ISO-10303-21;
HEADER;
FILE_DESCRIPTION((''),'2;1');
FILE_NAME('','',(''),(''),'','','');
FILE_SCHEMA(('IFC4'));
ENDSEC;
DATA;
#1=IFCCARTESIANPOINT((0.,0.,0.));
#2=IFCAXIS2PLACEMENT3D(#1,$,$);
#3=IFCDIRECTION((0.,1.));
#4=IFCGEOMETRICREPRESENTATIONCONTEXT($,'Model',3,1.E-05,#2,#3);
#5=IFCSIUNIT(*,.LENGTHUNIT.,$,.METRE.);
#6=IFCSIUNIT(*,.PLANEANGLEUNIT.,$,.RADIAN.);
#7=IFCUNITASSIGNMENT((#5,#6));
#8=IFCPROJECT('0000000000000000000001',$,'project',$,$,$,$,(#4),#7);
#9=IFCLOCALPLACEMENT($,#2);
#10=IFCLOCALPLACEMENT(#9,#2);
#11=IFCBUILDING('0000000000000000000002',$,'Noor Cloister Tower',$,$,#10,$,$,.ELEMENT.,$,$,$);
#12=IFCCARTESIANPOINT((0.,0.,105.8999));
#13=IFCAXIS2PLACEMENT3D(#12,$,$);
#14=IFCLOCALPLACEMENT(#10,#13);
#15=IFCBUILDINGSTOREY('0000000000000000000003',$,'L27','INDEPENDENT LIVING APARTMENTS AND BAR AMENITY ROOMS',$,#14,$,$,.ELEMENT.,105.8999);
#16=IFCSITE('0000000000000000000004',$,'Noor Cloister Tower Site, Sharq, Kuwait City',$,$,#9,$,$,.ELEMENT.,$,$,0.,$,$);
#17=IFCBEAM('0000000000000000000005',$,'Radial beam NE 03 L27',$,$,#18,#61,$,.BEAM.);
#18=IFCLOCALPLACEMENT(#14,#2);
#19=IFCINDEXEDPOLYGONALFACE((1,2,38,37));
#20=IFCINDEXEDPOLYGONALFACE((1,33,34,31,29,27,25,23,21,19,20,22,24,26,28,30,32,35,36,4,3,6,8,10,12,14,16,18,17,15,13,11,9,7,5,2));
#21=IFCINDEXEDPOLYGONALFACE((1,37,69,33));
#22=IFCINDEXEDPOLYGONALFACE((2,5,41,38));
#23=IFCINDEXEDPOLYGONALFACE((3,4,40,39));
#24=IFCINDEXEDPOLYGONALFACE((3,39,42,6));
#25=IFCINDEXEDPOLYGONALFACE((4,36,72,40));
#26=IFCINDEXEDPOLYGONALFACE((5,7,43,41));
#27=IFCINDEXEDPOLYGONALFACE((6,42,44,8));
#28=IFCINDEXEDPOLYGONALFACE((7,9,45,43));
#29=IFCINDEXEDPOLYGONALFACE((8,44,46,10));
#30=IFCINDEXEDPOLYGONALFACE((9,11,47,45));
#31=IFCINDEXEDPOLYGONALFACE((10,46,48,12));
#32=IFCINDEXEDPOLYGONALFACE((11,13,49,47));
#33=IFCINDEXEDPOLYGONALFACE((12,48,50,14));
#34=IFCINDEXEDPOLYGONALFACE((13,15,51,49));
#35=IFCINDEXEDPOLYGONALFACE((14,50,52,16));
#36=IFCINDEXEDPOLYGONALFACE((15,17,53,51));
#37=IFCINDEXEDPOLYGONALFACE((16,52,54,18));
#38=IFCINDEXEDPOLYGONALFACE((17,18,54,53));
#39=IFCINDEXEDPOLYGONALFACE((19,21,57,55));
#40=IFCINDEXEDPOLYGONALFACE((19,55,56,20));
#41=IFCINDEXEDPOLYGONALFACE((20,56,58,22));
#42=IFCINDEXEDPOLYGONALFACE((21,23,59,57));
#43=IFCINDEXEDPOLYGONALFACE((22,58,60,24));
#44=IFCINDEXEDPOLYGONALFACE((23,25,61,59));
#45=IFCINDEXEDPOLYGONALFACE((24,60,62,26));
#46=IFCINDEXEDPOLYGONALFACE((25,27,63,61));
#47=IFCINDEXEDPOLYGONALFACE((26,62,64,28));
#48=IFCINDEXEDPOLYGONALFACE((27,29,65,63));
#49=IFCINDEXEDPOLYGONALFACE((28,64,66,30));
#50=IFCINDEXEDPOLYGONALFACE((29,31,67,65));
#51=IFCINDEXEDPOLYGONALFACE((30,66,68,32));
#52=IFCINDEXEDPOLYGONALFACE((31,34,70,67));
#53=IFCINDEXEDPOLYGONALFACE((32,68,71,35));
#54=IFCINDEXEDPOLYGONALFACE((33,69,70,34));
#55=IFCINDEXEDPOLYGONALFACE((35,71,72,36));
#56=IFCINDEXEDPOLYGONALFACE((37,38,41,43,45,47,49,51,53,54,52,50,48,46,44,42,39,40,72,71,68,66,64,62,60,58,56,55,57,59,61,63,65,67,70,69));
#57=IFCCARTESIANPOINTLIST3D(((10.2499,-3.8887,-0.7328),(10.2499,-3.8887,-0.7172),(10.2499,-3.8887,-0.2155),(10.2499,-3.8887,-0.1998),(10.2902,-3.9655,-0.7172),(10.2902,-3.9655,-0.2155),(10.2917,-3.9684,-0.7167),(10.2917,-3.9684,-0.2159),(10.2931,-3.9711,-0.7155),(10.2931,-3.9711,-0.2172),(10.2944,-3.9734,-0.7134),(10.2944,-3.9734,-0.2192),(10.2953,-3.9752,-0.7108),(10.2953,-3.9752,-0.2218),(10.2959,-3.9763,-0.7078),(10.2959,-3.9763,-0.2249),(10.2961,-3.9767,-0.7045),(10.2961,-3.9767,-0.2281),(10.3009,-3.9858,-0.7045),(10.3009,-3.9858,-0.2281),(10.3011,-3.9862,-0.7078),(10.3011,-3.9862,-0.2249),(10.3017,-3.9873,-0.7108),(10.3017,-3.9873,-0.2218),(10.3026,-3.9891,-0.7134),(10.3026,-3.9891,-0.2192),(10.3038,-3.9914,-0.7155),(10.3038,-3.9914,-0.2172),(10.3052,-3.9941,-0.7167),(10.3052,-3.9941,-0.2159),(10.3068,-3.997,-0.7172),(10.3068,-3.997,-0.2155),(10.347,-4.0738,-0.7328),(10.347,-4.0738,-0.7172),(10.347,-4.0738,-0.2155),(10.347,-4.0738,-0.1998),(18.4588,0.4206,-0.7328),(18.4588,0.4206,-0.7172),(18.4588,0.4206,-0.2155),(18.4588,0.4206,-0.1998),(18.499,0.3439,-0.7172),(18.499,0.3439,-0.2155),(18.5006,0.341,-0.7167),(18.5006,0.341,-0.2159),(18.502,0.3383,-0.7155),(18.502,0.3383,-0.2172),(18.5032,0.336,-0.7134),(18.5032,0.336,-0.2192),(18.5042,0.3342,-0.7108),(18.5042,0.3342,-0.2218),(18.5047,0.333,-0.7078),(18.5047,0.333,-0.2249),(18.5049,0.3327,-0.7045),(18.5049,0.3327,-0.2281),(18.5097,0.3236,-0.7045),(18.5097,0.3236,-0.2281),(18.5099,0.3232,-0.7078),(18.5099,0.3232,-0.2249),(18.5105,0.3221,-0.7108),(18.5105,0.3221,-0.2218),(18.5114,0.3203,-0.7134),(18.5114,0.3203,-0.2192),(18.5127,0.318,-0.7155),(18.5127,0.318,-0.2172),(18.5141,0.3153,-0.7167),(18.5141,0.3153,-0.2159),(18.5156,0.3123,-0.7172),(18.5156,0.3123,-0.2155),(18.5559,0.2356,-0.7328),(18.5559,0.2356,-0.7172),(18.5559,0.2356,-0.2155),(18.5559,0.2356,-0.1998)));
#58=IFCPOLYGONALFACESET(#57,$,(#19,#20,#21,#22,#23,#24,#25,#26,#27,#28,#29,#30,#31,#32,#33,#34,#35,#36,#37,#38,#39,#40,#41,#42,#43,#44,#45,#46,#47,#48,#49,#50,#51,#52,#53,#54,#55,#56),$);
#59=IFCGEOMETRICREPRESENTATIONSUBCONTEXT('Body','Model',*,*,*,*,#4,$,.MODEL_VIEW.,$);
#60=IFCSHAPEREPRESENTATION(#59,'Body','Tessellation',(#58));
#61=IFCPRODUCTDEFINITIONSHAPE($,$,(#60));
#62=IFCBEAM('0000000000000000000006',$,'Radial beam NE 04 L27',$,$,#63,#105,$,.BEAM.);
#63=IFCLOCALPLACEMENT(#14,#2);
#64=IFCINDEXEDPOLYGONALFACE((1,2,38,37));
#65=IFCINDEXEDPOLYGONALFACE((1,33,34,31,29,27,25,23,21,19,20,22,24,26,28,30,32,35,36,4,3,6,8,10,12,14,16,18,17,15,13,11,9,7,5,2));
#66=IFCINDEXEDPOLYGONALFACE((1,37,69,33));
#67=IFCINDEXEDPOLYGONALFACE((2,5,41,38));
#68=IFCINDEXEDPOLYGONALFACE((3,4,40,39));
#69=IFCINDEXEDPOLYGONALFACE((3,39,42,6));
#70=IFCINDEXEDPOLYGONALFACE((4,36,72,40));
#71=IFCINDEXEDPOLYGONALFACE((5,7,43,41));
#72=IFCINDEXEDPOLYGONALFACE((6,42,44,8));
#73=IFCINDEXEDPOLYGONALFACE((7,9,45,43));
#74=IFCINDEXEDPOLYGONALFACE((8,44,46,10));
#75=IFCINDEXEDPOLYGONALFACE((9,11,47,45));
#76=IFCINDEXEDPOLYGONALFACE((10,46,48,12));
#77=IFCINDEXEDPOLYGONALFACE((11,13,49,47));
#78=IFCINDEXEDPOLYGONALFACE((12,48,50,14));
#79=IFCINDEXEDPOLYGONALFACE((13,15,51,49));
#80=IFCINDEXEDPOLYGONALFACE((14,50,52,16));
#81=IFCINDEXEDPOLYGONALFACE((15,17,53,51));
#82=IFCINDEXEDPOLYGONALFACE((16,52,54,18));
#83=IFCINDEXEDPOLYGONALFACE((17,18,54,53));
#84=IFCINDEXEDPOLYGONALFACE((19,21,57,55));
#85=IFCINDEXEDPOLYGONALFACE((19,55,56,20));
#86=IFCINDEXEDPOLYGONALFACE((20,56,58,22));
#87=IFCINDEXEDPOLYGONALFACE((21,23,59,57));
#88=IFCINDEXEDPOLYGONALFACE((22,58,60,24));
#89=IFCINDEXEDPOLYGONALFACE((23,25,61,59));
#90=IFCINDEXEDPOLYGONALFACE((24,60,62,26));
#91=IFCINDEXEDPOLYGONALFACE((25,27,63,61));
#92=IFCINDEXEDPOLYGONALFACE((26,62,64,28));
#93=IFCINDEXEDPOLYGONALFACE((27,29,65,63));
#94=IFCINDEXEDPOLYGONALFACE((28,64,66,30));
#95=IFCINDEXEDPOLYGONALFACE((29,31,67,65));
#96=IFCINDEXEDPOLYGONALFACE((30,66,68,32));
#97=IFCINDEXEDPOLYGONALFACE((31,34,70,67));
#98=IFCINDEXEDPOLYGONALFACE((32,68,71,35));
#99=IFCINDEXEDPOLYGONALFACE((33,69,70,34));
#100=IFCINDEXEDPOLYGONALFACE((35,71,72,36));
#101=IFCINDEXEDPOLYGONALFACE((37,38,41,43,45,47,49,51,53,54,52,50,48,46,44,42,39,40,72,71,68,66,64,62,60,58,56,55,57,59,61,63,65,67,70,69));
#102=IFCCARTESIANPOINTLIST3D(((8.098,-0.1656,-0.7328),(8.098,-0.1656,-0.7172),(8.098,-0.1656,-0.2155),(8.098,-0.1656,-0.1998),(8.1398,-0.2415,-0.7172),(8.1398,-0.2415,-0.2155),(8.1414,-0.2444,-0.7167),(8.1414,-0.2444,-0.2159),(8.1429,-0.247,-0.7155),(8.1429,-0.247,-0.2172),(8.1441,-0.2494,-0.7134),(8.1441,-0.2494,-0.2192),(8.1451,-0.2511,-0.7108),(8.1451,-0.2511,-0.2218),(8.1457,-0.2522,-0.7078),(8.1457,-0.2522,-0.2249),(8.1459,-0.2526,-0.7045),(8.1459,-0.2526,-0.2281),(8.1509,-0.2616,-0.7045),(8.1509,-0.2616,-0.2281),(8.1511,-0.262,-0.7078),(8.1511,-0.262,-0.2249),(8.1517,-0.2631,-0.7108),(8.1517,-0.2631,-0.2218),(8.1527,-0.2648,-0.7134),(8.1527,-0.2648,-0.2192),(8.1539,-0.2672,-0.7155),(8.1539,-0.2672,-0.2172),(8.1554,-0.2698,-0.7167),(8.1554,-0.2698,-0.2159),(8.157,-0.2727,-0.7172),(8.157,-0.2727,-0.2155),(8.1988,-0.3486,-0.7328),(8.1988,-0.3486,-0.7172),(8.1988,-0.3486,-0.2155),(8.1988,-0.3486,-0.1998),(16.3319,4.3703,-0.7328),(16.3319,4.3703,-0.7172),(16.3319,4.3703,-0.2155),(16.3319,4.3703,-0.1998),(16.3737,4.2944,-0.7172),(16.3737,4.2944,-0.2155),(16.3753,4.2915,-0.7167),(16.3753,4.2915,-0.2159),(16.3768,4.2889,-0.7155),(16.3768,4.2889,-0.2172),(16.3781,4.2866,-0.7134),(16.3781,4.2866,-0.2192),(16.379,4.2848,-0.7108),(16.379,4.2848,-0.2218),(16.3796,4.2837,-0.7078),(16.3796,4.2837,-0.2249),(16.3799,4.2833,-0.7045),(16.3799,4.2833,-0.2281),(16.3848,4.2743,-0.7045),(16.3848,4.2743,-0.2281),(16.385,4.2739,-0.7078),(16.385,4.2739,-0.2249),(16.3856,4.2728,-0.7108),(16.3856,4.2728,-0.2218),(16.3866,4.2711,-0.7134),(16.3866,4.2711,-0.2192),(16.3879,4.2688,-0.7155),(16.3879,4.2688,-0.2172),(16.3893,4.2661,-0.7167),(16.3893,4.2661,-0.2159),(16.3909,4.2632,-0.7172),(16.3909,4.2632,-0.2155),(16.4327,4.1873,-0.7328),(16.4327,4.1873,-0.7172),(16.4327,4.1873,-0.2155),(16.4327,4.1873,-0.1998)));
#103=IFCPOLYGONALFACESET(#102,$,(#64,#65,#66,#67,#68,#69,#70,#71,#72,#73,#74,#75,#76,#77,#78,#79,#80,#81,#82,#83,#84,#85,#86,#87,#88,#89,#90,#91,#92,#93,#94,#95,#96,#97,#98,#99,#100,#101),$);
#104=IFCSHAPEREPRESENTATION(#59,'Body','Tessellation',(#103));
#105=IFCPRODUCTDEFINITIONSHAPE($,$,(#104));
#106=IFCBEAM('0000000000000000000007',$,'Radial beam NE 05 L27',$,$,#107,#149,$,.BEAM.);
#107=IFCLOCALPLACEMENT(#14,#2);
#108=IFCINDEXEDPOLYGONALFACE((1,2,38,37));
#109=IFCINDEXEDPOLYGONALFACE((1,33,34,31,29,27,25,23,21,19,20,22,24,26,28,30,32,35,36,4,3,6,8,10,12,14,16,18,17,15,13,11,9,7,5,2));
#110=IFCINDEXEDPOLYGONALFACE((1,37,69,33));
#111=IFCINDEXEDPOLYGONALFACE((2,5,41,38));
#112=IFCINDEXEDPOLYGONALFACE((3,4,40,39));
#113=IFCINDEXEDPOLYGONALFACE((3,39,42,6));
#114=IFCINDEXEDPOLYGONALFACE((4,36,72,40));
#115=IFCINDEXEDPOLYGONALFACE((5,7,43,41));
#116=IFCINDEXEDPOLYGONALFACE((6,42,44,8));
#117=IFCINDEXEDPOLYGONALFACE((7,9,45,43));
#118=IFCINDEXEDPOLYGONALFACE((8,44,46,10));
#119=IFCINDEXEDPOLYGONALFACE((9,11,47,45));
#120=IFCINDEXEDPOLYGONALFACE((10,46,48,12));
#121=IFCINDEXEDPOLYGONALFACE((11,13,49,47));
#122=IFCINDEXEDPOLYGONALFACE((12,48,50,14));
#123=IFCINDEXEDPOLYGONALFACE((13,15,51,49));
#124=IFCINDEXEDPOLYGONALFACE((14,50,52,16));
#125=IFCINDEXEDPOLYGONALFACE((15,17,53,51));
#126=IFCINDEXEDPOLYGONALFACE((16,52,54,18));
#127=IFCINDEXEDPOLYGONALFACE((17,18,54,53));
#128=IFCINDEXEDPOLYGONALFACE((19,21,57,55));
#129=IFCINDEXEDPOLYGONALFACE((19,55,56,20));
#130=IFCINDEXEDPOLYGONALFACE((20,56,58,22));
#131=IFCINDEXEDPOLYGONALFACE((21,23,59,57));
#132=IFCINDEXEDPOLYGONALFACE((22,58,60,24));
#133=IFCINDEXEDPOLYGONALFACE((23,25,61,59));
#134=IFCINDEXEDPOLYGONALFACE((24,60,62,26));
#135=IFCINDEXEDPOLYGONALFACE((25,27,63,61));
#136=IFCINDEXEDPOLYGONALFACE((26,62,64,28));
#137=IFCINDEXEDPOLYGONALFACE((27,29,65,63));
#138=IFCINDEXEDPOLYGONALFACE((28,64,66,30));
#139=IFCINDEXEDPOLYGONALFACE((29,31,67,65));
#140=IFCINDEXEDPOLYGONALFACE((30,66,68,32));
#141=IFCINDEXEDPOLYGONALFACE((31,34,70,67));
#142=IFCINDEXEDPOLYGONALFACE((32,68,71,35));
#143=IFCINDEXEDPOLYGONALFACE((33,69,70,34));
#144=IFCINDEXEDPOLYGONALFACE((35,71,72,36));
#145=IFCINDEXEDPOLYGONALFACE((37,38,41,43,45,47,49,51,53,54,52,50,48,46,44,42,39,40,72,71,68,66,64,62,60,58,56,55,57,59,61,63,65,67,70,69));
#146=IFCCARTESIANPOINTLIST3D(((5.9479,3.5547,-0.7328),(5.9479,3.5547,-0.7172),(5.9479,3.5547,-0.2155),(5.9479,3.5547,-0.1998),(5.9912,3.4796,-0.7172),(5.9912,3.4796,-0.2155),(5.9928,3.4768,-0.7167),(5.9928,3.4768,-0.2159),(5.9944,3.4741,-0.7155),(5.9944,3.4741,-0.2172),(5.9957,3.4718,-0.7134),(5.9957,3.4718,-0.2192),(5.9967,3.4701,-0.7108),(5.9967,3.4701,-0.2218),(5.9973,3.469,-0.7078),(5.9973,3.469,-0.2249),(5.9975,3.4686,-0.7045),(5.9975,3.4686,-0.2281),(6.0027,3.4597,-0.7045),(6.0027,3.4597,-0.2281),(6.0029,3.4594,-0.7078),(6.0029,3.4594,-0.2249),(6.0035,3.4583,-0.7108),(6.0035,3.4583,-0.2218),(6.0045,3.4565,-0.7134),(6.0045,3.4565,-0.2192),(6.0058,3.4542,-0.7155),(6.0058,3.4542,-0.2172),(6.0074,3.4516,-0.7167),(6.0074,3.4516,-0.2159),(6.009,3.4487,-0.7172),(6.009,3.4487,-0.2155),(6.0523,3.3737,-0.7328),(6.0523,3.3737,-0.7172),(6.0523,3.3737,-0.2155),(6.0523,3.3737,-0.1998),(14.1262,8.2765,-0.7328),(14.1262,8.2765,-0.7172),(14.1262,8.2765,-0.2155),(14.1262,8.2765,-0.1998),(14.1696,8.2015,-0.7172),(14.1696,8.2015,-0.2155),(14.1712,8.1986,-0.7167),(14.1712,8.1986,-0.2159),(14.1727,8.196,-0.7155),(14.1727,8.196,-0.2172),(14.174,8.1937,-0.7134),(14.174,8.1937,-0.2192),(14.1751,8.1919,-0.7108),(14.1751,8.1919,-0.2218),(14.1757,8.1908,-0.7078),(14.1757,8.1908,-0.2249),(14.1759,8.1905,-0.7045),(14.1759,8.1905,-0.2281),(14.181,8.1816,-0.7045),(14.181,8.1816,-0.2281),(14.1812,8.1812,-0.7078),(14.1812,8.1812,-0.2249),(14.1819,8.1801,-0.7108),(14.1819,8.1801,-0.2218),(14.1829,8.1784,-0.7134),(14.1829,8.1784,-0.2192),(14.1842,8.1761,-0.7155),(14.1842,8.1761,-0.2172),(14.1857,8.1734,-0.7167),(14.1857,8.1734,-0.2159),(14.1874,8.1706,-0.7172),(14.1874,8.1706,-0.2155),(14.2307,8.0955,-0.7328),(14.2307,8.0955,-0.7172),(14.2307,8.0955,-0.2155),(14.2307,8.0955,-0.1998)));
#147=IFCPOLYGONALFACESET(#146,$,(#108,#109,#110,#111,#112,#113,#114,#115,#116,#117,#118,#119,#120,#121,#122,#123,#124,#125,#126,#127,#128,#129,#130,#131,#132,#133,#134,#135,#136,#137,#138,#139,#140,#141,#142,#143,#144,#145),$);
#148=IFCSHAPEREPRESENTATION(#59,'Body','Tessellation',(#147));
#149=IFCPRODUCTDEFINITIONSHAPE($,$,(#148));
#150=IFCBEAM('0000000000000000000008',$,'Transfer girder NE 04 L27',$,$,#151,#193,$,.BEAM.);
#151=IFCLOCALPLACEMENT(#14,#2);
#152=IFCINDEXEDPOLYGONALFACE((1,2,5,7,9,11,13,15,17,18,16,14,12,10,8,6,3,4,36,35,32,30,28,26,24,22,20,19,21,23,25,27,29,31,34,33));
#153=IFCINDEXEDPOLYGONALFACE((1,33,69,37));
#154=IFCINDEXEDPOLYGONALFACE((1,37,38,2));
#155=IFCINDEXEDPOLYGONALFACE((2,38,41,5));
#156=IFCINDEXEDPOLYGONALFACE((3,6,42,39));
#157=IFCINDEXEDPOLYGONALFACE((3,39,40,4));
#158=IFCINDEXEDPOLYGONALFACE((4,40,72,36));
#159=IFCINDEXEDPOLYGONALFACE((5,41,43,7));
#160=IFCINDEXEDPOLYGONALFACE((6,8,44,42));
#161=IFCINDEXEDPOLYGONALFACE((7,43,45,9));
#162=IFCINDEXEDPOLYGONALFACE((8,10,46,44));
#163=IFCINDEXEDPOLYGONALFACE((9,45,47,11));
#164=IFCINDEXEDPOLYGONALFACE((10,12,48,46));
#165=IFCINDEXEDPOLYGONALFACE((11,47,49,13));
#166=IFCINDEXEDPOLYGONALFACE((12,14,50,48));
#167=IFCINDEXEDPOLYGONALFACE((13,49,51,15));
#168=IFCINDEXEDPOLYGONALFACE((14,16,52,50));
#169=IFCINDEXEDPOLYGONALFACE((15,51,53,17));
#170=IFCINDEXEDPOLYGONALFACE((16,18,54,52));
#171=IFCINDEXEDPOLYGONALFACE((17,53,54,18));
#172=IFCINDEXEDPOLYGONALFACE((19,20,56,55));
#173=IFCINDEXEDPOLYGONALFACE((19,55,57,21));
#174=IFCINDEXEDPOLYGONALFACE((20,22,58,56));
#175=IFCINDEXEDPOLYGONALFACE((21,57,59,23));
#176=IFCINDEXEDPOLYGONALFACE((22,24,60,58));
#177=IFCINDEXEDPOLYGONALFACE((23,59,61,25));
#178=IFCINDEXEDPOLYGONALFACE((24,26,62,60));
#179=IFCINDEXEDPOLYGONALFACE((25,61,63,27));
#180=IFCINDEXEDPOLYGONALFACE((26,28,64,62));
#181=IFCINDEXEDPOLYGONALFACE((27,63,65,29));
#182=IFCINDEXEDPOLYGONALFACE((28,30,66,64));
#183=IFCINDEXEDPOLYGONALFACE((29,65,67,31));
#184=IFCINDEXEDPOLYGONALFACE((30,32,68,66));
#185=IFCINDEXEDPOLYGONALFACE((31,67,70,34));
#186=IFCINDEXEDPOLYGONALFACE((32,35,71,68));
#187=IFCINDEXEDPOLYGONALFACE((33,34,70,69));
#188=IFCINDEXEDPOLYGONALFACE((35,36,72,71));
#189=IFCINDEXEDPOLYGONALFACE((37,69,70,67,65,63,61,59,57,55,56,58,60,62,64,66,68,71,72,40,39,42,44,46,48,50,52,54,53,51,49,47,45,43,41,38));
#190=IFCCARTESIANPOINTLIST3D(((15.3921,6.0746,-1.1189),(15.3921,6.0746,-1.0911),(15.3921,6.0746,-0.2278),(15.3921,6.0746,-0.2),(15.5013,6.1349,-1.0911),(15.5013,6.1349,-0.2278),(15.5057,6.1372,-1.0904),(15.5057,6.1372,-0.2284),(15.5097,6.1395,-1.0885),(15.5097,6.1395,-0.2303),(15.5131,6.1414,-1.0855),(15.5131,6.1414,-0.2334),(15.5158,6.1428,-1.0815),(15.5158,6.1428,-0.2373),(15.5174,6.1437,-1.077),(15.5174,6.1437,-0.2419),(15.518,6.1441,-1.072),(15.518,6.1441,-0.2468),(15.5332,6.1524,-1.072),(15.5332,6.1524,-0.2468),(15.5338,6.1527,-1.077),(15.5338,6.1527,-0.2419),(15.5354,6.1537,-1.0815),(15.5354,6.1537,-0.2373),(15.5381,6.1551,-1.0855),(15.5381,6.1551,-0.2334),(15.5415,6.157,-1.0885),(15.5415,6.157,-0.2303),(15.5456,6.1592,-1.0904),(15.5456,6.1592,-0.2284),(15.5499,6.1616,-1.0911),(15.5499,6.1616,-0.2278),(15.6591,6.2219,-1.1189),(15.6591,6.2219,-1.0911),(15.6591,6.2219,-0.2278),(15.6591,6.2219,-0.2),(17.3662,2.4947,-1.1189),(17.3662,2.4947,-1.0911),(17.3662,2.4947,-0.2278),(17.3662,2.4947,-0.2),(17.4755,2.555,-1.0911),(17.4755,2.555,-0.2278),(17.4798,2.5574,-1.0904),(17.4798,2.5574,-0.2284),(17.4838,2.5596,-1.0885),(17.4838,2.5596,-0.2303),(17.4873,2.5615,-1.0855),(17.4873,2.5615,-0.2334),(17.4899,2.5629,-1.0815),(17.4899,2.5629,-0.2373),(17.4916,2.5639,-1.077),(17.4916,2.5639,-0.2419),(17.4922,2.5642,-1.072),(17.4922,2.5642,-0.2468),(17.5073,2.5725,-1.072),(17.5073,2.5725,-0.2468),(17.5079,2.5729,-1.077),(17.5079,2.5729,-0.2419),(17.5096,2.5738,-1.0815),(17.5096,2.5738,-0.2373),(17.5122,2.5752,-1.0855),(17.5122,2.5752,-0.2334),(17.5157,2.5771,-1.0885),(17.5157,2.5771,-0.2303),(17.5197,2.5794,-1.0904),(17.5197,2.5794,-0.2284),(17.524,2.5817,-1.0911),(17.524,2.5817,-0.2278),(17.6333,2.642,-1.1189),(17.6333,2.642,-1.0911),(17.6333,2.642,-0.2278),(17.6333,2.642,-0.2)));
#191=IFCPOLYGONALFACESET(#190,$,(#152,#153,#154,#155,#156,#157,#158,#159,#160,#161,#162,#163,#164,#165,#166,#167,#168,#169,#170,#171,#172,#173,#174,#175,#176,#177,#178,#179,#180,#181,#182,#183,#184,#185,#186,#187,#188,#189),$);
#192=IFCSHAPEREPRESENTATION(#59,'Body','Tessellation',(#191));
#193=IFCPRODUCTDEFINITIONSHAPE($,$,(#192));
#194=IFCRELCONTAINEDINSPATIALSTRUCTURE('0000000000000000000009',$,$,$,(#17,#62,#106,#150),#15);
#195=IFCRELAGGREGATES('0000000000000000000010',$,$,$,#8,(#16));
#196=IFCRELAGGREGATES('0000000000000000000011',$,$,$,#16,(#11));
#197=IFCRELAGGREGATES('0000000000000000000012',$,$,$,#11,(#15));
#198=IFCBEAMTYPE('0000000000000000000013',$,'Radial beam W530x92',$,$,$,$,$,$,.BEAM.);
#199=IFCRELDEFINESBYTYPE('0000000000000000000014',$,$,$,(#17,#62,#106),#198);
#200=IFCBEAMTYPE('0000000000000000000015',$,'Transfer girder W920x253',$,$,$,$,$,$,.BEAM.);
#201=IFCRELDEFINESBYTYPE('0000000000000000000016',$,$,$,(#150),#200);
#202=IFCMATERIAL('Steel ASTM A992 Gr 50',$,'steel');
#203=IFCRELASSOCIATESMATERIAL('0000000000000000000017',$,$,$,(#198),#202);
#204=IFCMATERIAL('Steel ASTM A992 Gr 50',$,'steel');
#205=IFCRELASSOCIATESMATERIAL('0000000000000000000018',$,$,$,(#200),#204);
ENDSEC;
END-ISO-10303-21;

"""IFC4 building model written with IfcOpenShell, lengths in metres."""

from ifc_helpers import new_model, si_unit, direction, frame, origin, origin_2d, place, context, subcontext, project, spatial, i_section, extrude, material, material_profile, profile_set, type_object, element, save


model = new_model("IFC4")

# Units and contexts
model_context = context("Model", 3, precision=1e-05, world=origin(), true_north=direction((0.0, 1.0)))
body_context = subcontext(model_context, "Body", "Model", "MODEL_VIEW")
ifc_project = project(units=[si_unit("LENGTHUNIT", "METRE"), si_unit("PLANEANGLEUNIT", "RADIAN")], contexts=[model_context])

# Site, building, storey
site_placement = place(None, origin())
site = spatial("IfcSite", under=ifc_project, at=site_placement, Name="Noor Cloister Tower Site, Sharq, Kuwait City", CompositionType="ELEMENT", RefElevation=0.0)
building_placement = place(site_placement, origin())
building = spatial("IfcBuilding", under=site, at=building_placement, Name="Noor Cloister Tower", CompositionType="ELEMENT")
storey_placement = place(building_placement, frame((0.0, 0.0, 105.8999)))
storey = spatial("IfcBuildingStorey", under=building, at=storey_placement, Name="L27", Description="INDEPENDENT LIVING APARTMENTS AND BAR AMENITY ROOMS", CompositionType="ELEMENT", Elevation=105.8999)

# Beams
ifc_material_1 = material(Name="Steel ASTM A992 Gr 50", Category="steel")
ifc_material_profile_1 = material_profile(ifc_material_1, i_section(OverallWidth=0.209, OverallDepth=0.533, WebThickness=0.0103, FlangeThickness=0.0156, FilletRadius=0.0127, at=origin_2d()), Name="W530x92")
ifc_profile_set_1 = profile_set([ifc_material_profile_1], Name="Steel ASTM A992 Gr 50")
beam_type_1 = type_object("IfcBeamType", Name="Radial beam W530x92", PredefinedType="BEAM", material=ifc_profile_set_1)
beam_1_placement = place(storey_placement, frame((18.5073, 0.3281, -0.4663), z_axis=(-0.88541, -0.464812, 0.0), x_axis=(0.464812, -0.88541, 0.0)))
element("IfcBeam", 1, at=beam_1_placement, inside=storey, type_object=beam_type_1, Name="Radial beam NE 03 L27", PredefinedType="BEAM", context=body_context, shape_type="SweptSolid", body=[
    extrude(i_section(OverallWidth=0.209, OverallDepth=0.533, WebThickness=0.0103, FlangeThickness=0.0156, FilletRadius=0.0127, at=origin_2d()), origin(), (0.0, 0.0, 1.0), 9.2712),
])
beam_2_placement = place(storey_placement, frame((16.3823, 4.2788, -0.4663), z_axis=(-0.87589, -0.482511, 0.0), x_axis=(0.482511, -0.87589, 0.0)))
element("IfcBeam", 2, at=beam_2_placement, inside=storey, type_object=beam_type_1, Name="Radial beam NE 04 L27", PredefinedType="BEAM", context=body_context, shape_type="SweptSolid", body=[
    extrude(i_section(OverallWidth=0.209, OverallDepth=0.533, WebThickness=0.0103, FlangeThickness=0.0156, FilletRadius=0.0127, at=origin_2d()), origin(), (0.0, 0.0, 1.0), 9.4006),
])
beam_3_placement = place(storey_placement, frame((14.1785, 8.186, -0.4663), z_axis=(-0.866022, -0.500007, 0.0), x_axis=(0.500007, -0.866022, 0.0)))
element("IfcBeam", 3, at=beam_3_placement, inside=storey, type_object=beam_type_1, Name="Radial beam NE 05 L27", PredefinedType="BEAM", context=body_context, shape_type="SweptSolid", body=[
    extrude(i_section(OverallWidth=0.209, OverallDepth=0.533, WebThickness=0.0103, FlangeThickness=0.0156, FilletRadius=0.0127, at=origin_2d()), origin(), (0.0, 0.0, 1.0), 9.4436),
])
ifc_material_2 = material(Name="Steel ASTM A992 Gr 50", Category="steel")
ifc_material_profile_2 = material_profile(ifc_material_2, i_section(OverallWidth=0.3049, OverallDepth=0.9189, WebThickness=0.0173, FlangeThickness=0.0278, FilletRadius=0.019, at=origin_2d()), Name="W920x253")
ifc_profile_set_2 = profile_set([ifc_material_profile_2], Name="Steel ASTM A992 Gr 50")
beam_type_2 = type_object("IfcBeamType", Name="Transfer girder W920x253", PredefinedType="BEAM", material=ifc_profile_set_2)
beam_4_placement = place(storey_placement, frame((17.4998, 2.5684, -0.6594), z_axis=(-0.482897, 0.875677, 0.0), x_axis=(-0.875677, -0.482897, 0.0)))
element("IfcBeam", 4, at=beam_4_placement, inside=storey, type_object=beam_type_2, Name="Transfer girder NE 04 L27", PredefinedType="BEAM", context=body_context, shape_type="SweptSolid", body=[
    extrude(i_section(OverallWidth=0.3049, OverallDepth=0.9189, WebThickness=0.0173, FlangeThickness=0.0278, FilletRadius=0.019, at=origin_2d()), origin(), (0.0, 0.0, 1.0), 4.0881),
])

save(model, "model.ifc")
